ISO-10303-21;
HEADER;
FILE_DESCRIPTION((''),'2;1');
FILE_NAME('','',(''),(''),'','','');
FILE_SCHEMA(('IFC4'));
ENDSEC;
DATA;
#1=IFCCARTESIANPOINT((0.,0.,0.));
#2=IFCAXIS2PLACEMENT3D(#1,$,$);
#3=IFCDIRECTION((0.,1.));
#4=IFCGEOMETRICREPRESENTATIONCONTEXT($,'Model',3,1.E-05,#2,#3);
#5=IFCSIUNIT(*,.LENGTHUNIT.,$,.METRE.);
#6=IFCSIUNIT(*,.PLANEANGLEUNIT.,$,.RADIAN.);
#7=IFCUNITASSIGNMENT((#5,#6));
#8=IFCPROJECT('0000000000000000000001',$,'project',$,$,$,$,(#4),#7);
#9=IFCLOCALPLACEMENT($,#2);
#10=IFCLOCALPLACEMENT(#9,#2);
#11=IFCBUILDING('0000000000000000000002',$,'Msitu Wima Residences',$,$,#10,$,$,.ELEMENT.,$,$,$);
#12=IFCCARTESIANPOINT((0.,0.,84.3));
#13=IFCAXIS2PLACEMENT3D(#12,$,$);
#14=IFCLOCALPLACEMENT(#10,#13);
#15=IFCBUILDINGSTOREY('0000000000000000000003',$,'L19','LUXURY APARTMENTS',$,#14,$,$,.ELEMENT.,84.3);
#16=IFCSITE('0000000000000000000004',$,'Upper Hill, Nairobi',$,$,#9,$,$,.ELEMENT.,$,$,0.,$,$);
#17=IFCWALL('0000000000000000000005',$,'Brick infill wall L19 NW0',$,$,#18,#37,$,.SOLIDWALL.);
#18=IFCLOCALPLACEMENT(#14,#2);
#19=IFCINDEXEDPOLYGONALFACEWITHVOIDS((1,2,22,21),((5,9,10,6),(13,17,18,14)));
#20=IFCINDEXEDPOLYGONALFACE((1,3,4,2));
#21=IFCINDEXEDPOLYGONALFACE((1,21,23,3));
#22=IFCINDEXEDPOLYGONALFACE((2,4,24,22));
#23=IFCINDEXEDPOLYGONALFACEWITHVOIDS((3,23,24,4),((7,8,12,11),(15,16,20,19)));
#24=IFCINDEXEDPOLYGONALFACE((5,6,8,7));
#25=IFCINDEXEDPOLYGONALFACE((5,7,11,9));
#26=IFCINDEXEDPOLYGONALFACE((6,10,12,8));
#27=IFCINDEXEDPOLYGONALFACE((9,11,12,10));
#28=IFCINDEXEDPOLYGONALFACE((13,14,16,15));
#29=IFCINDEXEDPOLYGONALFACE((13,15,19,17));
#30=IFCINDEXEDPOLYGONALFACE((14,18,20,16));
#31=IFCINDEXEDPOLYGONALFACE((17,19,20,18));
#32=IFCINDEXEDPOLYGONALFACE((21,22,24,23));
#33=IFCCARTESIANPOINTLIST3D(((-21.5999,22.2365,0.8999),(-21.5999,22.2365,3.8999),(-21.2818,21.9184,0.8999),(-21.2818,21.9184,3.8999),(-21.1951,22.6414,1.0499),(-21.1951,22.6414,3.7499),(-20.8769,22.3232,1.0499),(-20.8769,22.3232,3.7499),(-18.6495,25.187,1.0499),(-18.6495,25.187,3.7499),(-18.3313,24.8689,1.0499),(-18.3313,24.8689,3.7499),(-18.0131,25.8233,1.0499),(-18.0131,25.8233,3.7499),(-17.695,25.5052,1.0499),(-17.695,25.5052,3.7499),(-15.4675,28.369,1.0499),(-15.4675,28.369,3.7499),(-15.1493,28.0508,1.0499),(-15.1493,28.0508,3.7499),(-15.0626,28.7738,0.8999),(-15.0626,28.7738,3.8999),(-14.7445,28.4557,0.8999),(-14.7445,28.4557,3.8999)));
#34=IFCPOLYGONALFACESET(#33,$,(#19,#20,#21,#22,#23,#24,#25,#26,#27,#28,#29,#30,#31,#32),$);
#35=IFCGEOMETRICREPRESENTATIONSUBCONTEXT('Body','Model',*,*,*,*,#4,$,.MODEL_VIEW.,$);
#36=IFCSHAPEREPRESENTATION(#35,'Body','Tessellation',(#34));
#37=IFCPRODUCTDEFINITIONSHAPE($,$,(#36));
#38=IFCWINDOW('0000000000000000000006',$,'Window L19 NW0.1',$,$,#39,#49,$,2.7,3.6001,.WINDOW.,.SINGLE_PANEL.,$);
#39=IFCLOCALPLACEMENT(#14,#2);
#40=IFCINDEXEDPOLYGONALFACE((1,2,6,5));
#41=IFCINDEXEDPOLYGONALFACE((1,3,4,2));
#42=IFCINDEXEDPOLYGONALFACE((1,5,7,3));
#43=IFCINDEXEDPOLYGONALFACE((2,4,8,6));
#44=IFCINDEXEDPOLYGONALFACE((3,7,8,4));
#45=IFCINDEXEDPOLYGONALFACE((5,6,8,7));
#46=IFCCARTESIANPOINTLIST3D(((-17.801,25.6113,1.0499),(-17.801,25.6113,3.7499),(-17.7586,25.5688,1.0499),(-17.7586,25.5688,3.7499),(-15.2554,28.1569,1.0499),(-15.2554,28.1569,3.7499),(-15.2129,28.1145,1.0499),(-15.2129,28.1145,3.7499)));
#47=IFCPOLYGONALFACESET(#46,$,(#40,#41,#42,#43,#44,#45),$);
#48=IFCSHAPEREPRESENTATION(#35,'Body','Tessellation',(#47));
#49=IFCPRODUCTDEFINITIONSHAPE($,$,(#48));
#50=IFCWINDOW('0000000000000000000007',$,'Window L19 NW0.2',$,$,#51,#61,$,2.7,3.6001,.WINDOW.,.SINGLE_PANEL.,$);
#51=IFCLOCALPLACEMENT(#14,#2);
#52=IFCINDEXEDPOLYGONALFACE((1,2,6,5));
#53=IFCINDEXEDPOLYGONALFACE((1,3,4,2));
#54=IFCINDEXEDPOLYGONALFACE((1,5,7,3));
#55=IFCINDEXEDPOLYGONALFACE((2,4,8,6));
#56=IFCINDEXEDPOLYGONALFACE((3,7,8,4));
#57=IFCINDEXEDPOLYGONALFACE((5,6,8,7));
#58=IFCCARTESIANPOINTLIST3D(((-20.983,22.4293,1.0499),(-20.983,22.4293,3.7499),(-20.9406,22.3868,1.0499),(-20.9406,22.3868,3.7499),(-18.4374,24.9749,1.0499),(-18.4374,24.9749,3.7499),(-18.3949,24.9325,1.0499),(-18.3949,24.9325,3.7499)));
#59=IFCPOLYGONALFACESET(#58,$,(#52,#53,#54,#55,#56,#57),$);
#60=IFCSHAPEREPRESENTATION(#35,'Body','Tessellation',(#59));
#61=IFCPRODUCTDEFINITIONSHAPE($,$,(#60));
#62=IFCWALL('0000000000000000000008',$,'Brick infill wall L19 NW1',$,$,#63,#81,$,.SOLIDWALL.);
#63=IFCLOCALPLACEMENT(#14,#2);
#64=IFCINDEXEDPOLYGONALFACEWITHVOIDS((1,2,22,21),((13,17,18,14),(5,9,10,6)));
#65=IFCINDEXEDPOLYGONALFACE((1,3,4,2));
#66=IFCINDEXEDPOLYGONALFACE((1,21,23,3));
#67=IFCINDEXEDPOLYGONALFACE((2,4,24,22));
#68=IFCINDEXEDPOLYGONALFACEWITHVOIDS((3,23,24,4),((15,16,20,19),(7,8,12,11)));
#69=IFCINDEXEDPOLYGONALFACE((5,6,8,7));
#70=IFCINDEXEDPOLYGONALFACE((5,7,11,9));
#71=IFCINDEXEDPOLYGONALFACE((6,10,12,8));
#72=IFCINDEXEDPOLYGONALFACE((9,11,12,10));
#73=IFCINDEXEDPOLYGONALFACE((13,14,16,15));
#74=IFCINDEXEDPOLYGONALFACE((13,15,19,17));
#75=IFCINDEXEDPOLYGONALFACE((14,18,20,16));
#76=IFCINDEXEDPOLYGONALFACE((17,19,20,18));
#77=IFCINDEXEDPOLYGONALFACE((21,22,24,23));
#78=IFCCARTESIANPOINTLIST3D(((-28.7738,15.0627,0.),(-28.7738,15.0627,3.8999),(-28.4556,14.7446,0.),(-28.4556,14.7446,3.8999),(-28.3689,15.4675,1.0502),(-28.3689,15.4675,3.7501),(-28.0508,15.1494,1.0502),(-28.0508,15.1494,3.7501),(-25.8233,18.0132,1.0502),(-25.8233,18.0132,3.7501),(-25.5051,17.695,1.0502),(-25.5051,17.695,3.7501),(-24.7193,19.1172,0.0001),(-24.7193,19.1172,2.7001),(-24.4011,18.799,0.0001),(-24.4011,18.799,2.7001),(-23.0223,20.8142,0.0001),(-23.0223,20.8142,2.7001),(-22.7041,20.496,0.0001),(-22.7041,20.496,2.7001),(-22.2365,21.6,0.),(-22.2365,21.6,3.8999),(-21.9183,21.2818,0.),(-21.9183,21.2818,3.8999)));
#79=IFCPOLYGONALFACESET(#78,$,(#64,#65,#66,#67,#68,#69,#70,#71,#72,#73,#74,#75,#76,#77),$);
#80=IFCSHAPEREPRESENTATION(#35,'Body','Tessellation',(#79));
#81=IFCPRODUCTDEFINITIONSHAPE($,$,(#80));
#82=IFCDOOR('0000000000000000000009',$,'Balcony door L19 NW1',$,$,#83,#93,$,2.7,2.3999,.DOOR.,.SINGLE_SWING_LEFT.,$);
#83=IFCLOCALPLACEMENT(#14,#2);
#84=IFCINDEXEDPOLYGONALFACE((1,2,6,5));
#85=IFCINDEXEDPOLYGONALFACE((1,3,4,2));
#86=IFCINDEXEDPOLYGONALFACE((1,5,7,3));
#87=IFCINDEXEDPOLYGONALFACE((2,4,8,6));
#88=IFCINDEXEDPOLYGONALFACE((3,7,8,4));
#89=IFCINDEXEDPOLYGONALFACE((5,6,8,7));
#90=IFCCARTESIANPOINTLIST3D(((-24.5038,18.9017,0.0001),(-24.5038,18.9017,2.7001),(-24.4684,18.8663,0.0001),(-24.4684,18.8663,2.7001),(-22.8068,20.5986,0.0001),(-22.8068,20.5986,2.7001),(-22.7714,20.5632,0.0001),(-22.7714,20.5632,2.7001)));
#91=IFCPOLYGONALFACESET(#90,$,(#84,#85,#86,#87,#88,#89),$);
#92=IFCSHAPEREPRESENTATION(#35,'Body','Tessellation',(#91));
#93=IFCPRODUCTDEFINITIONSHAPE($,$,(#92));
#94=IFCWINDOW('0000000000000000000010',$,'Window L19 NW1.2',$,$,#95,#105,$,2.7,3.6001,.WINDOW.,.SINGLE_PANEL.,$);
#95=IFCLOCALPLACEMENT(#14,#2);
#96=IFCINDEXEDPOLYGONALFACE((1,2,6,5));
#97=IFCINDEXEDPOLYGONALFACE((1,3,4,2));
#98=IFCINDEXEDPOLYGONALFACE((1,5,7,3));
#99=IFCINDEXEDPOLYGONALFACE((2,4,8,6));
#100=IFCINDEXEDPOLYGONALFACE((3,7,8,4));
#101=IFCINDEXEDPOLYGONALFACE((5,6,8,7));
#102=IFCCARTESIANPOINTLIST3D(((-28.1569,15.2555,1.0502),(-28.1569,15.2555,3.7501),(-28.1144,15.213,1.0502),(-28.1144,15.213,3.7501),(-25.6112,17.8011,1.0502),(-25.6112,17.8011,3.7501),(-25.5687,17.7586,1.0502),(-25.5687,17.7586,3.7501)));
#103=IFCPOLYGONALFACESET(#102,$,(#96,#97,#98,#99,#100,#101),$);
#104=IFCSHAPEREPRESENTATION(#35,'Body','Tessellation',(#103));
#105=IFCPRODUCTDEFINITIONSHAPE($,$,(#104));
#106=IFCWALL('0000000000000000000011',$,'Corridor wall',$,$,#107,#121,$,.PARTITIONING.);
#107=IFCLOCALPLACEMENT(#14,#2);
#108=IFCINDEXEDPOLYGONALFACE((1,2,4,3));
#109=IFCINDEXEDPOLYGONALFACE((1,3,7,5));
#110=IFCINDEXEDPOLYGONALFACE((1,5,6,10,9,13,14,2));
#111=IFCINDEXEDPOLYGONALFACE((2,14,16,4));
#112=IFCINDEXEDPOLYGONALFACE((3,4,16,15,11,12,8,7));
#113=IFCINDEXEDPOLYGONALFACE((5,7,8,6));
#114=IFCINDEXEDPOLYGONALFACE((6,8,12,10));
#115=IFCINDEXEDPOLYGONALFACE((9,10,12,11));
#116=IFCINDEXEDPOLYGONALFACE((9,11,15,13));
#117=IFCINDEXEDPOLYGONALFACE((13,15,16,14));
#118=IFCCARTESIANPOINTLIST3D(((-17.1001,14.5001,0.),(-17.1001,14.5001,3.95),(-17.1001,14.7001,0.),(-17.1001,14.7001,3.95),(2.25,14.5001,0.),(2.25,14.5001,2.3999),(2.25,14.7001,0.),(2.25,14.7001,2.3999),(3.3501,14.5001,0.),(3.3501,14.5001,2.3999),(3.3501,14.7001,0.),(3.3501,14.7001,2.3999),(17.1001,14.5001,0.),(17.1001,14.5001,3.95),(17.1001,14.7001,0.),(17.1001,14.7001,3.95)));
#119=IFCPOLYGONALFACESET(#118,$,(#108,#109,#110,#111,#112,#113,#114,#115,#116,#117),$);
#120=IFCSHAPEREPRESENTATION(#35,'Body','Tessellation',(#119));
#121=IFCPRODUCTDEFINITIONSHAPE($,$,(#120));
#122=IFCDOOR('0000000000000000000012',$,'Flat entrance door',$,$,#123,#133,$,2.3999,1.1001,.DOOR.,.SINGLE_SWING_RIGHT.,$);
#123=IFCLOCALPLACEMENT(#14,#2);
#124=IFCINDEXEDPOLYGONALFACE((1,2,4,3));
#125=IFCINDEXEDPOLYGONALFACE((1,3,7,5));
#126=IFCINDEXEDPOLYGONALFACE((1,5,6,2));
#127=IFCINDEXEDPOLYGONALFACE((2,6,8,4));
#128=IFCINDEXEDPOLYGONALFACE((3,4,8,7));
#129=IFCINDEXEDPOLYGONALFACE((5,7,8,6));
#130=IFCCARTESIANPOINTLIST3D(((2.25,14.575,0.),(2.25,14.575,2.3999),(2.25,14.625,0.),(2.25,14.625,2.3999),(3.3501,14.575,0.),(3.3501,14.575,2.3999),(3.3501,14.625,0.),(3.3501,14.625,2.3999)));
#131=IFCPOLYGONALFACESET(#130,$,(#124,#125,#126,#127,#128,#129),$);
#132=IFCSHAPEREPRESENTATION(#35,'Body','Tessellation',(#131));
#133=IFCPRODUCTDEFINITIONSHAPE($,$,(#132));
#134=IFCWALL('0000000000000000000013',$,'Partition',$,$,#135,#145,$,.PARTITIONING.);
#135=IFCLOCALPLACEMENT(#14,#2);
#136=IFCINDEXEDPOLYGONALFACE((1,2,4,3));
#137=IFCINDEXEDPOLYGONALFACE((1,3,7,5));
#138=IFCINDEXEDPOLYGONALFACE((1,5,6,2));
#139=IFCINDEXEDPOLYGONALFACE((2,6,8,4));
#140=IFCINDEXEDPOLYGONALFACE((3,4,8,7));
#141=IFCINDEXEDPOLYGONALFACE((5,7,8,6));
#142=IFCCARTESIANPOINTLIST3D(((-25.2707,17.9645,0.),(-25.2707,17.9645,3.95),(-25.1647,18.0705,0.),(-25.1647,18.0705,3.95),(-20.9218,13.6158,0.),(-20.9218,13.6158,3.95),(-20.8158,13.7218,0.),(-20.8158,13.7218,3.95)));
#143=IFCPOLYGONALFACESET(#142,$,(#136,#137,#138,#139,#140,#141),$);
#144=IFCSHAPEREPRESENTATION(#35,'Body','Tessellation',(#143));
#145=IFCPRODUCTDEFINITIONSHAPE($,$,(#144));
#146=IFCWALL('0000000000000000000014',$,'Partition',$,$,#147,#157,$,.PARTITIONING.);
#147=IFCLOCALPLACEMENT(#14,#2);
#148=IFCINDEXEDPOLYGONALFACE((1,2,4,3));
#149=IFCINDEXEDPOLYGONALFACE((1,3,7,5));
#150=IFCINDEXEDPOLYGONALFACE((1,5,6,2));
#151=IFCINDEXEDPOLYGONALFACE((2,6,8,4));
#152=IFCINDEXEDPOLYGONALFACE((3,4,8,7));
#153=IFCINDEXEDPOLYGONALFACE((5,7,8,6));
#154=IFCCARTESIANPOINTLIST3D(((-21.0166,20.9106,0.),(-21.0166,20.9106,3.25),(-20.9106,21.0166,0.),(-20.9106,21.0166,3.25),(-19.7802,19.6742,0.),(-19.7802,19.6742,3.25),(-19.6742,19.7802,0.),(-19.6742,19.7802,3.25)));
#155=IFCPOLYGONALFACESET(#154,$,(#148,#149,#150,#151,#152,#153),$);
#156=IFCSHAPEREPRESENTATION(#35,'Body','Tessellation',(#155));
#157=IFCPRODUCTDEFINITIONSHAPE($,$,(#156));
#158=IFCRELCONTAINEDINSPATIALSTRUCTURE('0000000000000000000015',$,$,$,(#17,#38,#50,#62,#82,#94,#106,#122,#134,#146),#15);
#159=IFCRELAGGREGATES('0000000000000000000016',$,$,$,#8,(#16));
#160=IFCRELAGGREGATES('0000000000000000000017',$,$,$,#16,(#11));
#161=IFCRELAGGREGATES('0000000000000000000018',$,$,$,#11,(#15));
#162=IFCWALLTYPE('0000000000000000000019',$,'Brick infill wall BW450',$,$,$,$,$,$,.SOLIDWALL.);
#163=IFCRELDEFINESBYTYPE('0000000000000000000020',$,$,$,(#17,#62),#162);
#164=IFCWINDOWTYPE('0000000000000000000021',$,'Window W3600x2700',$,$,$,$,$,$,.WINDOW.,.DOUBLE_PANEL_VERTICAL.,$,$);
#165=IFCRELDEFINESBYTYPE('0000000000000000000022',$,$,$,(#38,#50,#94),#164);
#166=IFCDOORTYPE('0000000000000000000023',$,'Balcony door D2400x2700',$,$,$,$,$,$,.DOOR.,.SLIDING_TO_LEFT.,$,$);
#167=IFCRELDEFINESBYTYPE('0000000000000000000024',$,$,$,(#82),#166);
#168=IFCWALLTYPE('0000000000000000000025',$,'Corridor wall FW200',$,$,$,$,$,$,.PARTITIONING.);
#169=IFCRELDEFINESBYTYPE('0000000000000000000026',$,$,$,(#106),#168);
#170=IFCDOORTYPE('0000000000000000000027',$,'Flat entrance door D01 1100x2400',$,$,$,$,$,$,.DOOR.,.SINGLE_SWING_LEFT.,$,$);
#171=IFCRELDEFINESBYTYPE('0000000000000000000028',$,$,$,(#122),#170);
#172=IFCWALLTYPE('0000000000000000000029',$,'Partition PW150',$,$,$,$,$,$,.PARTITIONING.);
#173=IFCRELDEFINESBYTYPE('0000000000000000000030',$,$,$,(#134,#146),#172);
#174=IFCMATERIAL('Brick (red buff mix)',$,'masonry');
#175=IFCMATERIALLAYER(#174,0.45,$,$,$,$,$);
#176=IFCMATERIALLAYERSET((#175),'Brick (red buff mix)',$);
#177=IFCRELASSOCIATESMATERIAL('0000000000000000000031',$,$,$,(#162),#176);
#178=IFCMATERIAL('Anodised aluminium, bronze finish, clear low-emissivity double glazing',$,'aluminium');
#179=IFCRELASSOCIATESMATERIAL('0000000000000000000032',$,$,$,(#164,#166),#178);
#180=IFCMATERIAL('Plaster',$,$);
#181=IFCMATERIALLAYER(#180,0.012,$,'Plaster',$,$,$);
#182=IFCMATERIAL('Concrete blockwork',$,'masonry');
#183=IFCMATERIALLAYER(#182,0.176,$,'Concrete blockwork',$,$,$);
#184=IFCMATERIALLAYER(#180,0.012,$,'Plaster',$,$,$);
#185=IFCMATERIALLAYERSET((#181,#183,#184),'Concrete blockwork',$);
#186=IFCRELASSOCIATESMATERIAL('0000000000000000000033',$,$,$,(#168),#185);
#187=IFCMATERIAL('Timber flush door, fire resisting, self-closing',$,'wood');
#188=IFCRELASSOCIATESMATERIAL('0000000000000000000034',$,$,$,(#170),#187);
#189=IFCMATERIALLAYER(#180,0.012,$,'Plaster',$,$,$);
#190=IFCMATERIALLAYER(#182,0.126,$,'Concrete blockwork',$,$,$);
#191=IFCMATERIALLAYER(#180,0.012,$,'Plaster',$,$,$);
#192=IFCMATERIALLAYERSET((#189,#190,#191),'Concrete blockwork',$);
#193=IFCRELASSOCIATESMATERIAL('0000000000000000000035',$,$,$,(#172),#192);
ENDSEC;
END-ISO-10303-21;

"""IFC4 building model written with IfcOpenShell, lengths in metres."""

from ifc_helpers import new_model, si_unit, direction, frame, frame_2d, origin, place, context, subcontext, project, spatial, rectangle, extrude, material, layer, layer_set, type_object, element, fill, save


model = new_model("IFC4")

# Units and contexts
model_context = context("Model", 3, precision=1e-05, world=origin(), true_north=direction((0.0, 1.0)))
body_context = subcontext(model_context, "Body", "Model", "MODEL_VIEW")
ifc_project = project(units=[si_unit("LENGTHUNIT", "METRE"), si_unit("PLANEANGLEUNIT", "RADIAN")], contexts=[model_context])

# Site, building, storey
site_placement = place(None, origin())
site = spatial("IfcSite", under=ifc_project, at=site_placement, Name="Upper Hill, Nairobi", CompositionType="ELEMENT", RefElevation=0.0)
building_placement = place(site_placement, origin())
building = spatial("IfcBuilding", under=site, at=building_placement, Name="Msitu Wima Residences", CompositionType="ELEMENT")
storey_placement = place(building_placement, frame((0.0, 0.0, 84.3)))
storey = spatial("IfcBuildingStorey", under=building, at=storey_placement, Name="L19", Description="LUXURY APARTMENTS", CompositionType="ELEMENT", Elevation=84.3)

# Wall, openings, windows
ifc_material_1 = material(Name="Brick (red buff mix)", Category="masonry")
ifc_layer_1 = layer(ifc_material_1, 0.45)
ifc_layer_set_1 = layer_set([ifc_layer_1], Name="Brick (red buff mix)")
wall_type_1 = type_object("IfcWallType", Name="Brick infill wall BW450", PredefinedType="SOLIDWALL", material=ifc_layer_set_1)
wall_1_placement = place(storey_placement, frame((-14.9036, 28.6147, 0.8999), z_axis=(0.0, 0.0, 1.0), x_axis=(-0.707107, -0.707107, 0.0)))
wall_1 = element("IfcWall", 1, at=wall_1_placement, inside=storey, type_object=wall_type_1, Name="Brick infill wall L19 NW0", PredefinedType="SOLIDWALL", context=body_context, shape_type="SweptSolid", body=[
    extrude(rectangle(XDim=9.2451, YDim=0.45, at=frame_2d((4.6226, 0.0))), origin(), (0.0, 0.0, 1.0), 3.0),
])
opening_1_placement = place(wall_1_placement, frame((0.5725, 0.0, 0.1499)))
opening_1 = element("IfcOpeningElement", 2, at=opening_1_placement, cuts=wall_1, PredefinedType="OPENING", context=body_context, shape_type="SweptSolid", body=[
    extrude(rectangle(XDim=3.6001, YDim=2.7, at=frame_2d((1.8, 1.3501))), frame((0.0, 0.2349, 0.0), z_axis=(0.0, -1.0, 0.0), x_axis=(1.0, 0.0, 0.0)), (0.0, 0.0, 1.0), 0.47),
])
opening_2_placement = place(wall_1_placement, frame((5.0725, 0.0, 0.1499)))
opening_2 = element("IfcOpeningElement", 3, at=opening_2_placement, cuts=wall_1, PredefinedType="OPENING", context=body_context, shape_type="SweptSolid", body=[
    extrude(rectangle(XDim=3.6001, YDim=2.7, at=frame_2d((1.8, 1.3501))), frame((0.0, 0.2349, 0.0), z_axis=(0.0, -1.0, 0.0), x_axis=(1.0, 0.0, 0.0)), (0.0, 0.0, 1.0), 0.47),
])
ifc_material_2 = material(Name="Anodised aluminium, bronze finish, clear low-emissivity double glazing", Category="aluminium")
window_type = type_object("IfcWindowType", Name="Window W3600x2700", PartitioningType="DOUBLE_PANEL_VERTICAL", PredefinedType="WINDOW", material=ifc_material_2)
window_1_placement = place(opening_1_placement, origin())
window_1 = element("IfcWindow", 4, at=window_1_placement, inside=storey, type_object=window_type, Name="Window L19 NW0.1", OverallHeight=2.7, OverallWidth=3.6001, PartitioningType="SINGLE_PANEL", PredefinedType="WINDOW", context=body_context, shape_type="SweptSolid", body=[
    extrude(rectangle(XDim=3.6001, YDim=2.7, at=frame_2d((1.8, 1.3501))), frame((0.0, 0.135, 0.0), z_axis=(0.0, -1.0, 0.0), x_axis=(1.0, 0.0, 0.0)), (0.0, 0.0, 1.0), 0.0601),
])
fill(opening_1, window_1)
window_2_placement = place(opening_2_placement, origin())
window_2 = element("IfcWindow", 5, at=window_2_placement, inside=storey, type_object=window_type, Name="Window L19 NW0.2", OverallHeight=2.7, OverallWidth=3.6001, PartitioningType="SINGLE_PANEL", PredefinedType="WINDOW", context=body_context, shape_type="SweptSolid", body=[
    extrude(rectangle(XDim=3.6001, YDim=2.7, at=frame_2d((1.8, 1.3501))), frame((0.0, 0.135, 0.0), z_axis=(0.0, -1.0, 0.0), x_axis=(1.0, 0.0, 0.0)), (0.0, 0.0, 1.0), 0.0601),
])
fill(opening_2, window_2)

# Wall, openings, door, window
wall_2_placement = place(storey_placement, frame((-22.0774, 21.4409, 0.0), z_axis=(0.0, 0.0, 1.0), x_axis=(-0.707107, -0.707107, 0.0)))
wall_2 = element("IfcWall", 6, at=wall_2_placement, inside=storey, type_object=wall_type_1, Name="Brick infill wall L19 NW1", PredefinedType="SOLIDWALL", context=body_context, shape_type="SweptSolid", body=[
    extrude(rectangle(XDim=9.2451, YDim=0.45, at=frame_2d((4.6226, 0.0))), origin(), (0.0, 0.0, 1.0), 3.8999),
])
opening_3_placement = place(wall_2_placement, frame((1.1113, 0.0, 0.0)))
opening_3 = element("IfcOpeningElement", 7, at=opening_3_placement, cuts=wall_2, PredefinedType="OPENING", context=body_context, shape_type="SweptSolid", body=[
    extrude(rectangle(XDim=2.3999, YDim=2.7, at=frame_2d((1.2, 1.3501))), frame((0.0, 0.2349, 0.0), z_axis=(0.0, -1.0, 0.0), x_axis=(1.0, 0.0, 0.0)), (0.0, 0.0, 1.0), 0.47),
])
opening_4_placement = place(wall_2_placement, frame((5.0725, 0.0, 1.05)))
opening_4 = element("IfcOpeningElement", 8, at=opening_4_placement, cuts=wall_2, PredefinedType="OPENING", context=body_context, shape_type="SweptSolid", body=[
    extrude(rectangle(XDim=3.6001, YDim=2.7, at=frame_2d((1.8, 1.3501))), frame((0.0, 0.2349, 0.0), z_axis=(0.0, -1.0, 0.0), x_axis=(1.0, 0.0, 0.0)), (0.0, 0.0, 1.0), 0.47),
])
door_type_1 = type_object("IfcDoorType", Name="Balcony door D2400x2700", OperationType="SLIDING_TO_LEFT", PredefinedType="DOOR", material=ifc_material_2)
door_1_placement = place(opening_3_placement, origin())
door_1 = element("IfcDoor", 9, at=door_1_placement, inside=storey, type_object=door_type_1, Name="Balcony door L19 NW1", OperationType="SINGLE_SWING_LEFT", OverallHeight=2.7, OverallWidth=2.3999, PredefinedType="DOOR", context=body_context, shape_type="SweptSolid", body=[
    extrude(rectangle(XDim=2.3999, YDim=2.7, at=frame_2d((1.2, 1.3501))), frame((0.0, 0.1299, 0.0), z_axis=(0.0, -1.0, 0.0), x_axis=(1.0, 0.0, 0.0)), (0.0, 0.0, 1.0), 0.05),
])
fill(opening_3, door_1)
window_3_placement = place(opening_4_placement, origin())
window_3 = element("IfcWindow", 10, at=window_3_placement, inside=storey, type_object=window_type, Name="Window L19 NW1.2", OverallHeight=2.7, OverallWidth=3.6001, PartitioningType="SINGLE_PANEL", PredefinedType="WINDOW", context=body_context, shape_type="SweptSolid", body=[
    extrude(rectangle(XDim=3.6001, YDim=2.7, at=frame_2d((1.8, 1.3501))), frame((0.0, 0.135, 0.0), z_axis=(0.0, -1.0, 0.0), x_axis=(1.0, 0.0, 0.0)), (0.0, 0.0, 1.0), 0.0601),
])
fill(opening_4, window_3)

# Wall, opening, door
ifc_material_3 = material(Name="Plaster")
ifc_layer_2 = layer(ifc_material_3, 0.012, Name="Plaster")
ifc_material_4 = material(Name="Concrete blockwork", Category="masonry")
ifc_layer_3 = layer(ifc_material_4, 0.176, Name="Concrete blockwork")
ifc_layer_4 = layer(ifc_material_3, 0.012, Name="Plaster")
ifc_layer_set_2 = layer_set([ifc_layer_2, ifc_layer_3, ifc_layer_4], Name="Concrete blockwork")
wall_type_2 = type_object("IfcWallType", Name="Corridor wall FW200", PredefinedType="PARTITIONING", material=ifc_layer_set_2)
wall_3_placement = place(storey_placement, frame((-17.1001, 14.6001, 0.0), z_axis=(0.0, 0.0, 1.0), x_axis=(1.0, 0.0, 0.0)))
wall_3 = element("IfcWall", 11, at=wall_3_placement, inside=storey, type_object=wall_type_2, Name="Corridor wall", PredefinedType="PARTITIONING", context=body_context, shape_type="SweptSolid", body=[
    extrude(rectangle(XDim=34.2002, YDim=0.2, at=frame_2d((17.1001, 0.0))), origin(), (0.0, 0.0, 1.0), 3.95),
])
opening_5_placement = place(wall_3_placement, frame((19.3501, 0.0, 0.0)))
opening_5 = element("IfcOpeningElement", 12, at=opening_5_placement, cuts=wall_3, PredefinedType="OPENING", context=body_context, shape_type="SweptSolid", body=[
    extrude(rectangle(XDim=1.1001, YDim=2.3999, at=frame_2d((0.55, 1.2))), frame((0.0, 0.1099, 0.0), z_axis=(0.0, -1.0, 0.0), x_axis=(1.0, 0.0, 0.0)), (0.0, 0.0, 1.0), 0.22),
])
ifc_material_5 = material(Name="Timber flush door, fire resisting, self-closing", Category="wood")
door_type_2 = type_object("IfcDoorType", Name="Flat entrance door D01 1100x2400", OperationType="SINGLE_SWING_LEFT", PredefinedType="DOOR", material=ifc_material_5)
door_2_placement = place(opening_5_placement, origin())
door_2 = element("IfcDoor", 13, at=door_2_placement, inside=storey, type_object=door_type_2, Name="Flat entrance door", OperationType="SINGLE_SWING_RIGHT", OverallHeight=2.3999, OverallWidth=1.1001, PredefinedType="DOOR", context=body_context, shape_type="SweptSolid", body=[
    extrude(rectangle(XDim=1.1001, YDim=2.3999, at=frame_2d((0.55, 1.2))), frame((0.0, 0.0249, 0.0), z_axis=(0.0, -1.0, 0.0), x_axis=(1.0, 0.0, 0.0)), (0.0, 0.0, 1.0), 0.05),
])
fill(opening_5, door_2)

# Walls
ifc_layer_5 = layer(ifc_material_3, 0.012, Name="Plaster")
ifc_layer_6 = layer(ifc_material_4, 0.126, Name="Concrete blockwork")
ifc_layer_7 = layer(ifc_material_3, 0.012, Name="Plaster")
ifc_layer_set_3 = layer_set([ifc_layer_5, ifc_layer_6, ifc_layer_7], Name="Concrete blockwork")
wall_type_3 = type_object("IfcWallType", Name="Partition PW150", PredefinedType="PARTITIONING", material=ifc_layer_set_3)
wall_4_placement = place(storey_placement, frame((-25.2178, 18.0176, 0.0), z_axis=(0.0, 0.0, 1.0), x_axis=(0.707127, -0.707087, 0.0)))
element("IfcWall", 14, at=wall_4_placement, inside=storey, type_object=wall_type_3, Name="Partition", PredefinedType="PARTITIONING", context=body_context, shape_type="SweptSolid", body=[
    extrude(rectangle(XDim=6.1501, YDim=0.1499, at=frame_2d((3.0752, 0.0))), origin(), (0.0, 0.0, 1.0), 3.95),
])
wall_5_placement = place(storey_placement, frame((-20.9636, 20.9636, 0.0), z_axis=(0.0, 0.0, 1.0), x_axis=(0.707107, -0.707107, 0.0)))
element("IfcWall", 15, at=wall_5_placement, inside=storey, type_object=wall_type_3, Name="Partition", PredefinedType="PARTITIONING", context=body_context, shape_type="SweptSolid", body=[
    extrude(rectangle(XDim=1.7485, YDim=0.1499, at=frame_2d((0.8743, 0.0))), origin(), (0.0, 0.0, 1.0), 3.25),
])

save(model, "model.ifc")
